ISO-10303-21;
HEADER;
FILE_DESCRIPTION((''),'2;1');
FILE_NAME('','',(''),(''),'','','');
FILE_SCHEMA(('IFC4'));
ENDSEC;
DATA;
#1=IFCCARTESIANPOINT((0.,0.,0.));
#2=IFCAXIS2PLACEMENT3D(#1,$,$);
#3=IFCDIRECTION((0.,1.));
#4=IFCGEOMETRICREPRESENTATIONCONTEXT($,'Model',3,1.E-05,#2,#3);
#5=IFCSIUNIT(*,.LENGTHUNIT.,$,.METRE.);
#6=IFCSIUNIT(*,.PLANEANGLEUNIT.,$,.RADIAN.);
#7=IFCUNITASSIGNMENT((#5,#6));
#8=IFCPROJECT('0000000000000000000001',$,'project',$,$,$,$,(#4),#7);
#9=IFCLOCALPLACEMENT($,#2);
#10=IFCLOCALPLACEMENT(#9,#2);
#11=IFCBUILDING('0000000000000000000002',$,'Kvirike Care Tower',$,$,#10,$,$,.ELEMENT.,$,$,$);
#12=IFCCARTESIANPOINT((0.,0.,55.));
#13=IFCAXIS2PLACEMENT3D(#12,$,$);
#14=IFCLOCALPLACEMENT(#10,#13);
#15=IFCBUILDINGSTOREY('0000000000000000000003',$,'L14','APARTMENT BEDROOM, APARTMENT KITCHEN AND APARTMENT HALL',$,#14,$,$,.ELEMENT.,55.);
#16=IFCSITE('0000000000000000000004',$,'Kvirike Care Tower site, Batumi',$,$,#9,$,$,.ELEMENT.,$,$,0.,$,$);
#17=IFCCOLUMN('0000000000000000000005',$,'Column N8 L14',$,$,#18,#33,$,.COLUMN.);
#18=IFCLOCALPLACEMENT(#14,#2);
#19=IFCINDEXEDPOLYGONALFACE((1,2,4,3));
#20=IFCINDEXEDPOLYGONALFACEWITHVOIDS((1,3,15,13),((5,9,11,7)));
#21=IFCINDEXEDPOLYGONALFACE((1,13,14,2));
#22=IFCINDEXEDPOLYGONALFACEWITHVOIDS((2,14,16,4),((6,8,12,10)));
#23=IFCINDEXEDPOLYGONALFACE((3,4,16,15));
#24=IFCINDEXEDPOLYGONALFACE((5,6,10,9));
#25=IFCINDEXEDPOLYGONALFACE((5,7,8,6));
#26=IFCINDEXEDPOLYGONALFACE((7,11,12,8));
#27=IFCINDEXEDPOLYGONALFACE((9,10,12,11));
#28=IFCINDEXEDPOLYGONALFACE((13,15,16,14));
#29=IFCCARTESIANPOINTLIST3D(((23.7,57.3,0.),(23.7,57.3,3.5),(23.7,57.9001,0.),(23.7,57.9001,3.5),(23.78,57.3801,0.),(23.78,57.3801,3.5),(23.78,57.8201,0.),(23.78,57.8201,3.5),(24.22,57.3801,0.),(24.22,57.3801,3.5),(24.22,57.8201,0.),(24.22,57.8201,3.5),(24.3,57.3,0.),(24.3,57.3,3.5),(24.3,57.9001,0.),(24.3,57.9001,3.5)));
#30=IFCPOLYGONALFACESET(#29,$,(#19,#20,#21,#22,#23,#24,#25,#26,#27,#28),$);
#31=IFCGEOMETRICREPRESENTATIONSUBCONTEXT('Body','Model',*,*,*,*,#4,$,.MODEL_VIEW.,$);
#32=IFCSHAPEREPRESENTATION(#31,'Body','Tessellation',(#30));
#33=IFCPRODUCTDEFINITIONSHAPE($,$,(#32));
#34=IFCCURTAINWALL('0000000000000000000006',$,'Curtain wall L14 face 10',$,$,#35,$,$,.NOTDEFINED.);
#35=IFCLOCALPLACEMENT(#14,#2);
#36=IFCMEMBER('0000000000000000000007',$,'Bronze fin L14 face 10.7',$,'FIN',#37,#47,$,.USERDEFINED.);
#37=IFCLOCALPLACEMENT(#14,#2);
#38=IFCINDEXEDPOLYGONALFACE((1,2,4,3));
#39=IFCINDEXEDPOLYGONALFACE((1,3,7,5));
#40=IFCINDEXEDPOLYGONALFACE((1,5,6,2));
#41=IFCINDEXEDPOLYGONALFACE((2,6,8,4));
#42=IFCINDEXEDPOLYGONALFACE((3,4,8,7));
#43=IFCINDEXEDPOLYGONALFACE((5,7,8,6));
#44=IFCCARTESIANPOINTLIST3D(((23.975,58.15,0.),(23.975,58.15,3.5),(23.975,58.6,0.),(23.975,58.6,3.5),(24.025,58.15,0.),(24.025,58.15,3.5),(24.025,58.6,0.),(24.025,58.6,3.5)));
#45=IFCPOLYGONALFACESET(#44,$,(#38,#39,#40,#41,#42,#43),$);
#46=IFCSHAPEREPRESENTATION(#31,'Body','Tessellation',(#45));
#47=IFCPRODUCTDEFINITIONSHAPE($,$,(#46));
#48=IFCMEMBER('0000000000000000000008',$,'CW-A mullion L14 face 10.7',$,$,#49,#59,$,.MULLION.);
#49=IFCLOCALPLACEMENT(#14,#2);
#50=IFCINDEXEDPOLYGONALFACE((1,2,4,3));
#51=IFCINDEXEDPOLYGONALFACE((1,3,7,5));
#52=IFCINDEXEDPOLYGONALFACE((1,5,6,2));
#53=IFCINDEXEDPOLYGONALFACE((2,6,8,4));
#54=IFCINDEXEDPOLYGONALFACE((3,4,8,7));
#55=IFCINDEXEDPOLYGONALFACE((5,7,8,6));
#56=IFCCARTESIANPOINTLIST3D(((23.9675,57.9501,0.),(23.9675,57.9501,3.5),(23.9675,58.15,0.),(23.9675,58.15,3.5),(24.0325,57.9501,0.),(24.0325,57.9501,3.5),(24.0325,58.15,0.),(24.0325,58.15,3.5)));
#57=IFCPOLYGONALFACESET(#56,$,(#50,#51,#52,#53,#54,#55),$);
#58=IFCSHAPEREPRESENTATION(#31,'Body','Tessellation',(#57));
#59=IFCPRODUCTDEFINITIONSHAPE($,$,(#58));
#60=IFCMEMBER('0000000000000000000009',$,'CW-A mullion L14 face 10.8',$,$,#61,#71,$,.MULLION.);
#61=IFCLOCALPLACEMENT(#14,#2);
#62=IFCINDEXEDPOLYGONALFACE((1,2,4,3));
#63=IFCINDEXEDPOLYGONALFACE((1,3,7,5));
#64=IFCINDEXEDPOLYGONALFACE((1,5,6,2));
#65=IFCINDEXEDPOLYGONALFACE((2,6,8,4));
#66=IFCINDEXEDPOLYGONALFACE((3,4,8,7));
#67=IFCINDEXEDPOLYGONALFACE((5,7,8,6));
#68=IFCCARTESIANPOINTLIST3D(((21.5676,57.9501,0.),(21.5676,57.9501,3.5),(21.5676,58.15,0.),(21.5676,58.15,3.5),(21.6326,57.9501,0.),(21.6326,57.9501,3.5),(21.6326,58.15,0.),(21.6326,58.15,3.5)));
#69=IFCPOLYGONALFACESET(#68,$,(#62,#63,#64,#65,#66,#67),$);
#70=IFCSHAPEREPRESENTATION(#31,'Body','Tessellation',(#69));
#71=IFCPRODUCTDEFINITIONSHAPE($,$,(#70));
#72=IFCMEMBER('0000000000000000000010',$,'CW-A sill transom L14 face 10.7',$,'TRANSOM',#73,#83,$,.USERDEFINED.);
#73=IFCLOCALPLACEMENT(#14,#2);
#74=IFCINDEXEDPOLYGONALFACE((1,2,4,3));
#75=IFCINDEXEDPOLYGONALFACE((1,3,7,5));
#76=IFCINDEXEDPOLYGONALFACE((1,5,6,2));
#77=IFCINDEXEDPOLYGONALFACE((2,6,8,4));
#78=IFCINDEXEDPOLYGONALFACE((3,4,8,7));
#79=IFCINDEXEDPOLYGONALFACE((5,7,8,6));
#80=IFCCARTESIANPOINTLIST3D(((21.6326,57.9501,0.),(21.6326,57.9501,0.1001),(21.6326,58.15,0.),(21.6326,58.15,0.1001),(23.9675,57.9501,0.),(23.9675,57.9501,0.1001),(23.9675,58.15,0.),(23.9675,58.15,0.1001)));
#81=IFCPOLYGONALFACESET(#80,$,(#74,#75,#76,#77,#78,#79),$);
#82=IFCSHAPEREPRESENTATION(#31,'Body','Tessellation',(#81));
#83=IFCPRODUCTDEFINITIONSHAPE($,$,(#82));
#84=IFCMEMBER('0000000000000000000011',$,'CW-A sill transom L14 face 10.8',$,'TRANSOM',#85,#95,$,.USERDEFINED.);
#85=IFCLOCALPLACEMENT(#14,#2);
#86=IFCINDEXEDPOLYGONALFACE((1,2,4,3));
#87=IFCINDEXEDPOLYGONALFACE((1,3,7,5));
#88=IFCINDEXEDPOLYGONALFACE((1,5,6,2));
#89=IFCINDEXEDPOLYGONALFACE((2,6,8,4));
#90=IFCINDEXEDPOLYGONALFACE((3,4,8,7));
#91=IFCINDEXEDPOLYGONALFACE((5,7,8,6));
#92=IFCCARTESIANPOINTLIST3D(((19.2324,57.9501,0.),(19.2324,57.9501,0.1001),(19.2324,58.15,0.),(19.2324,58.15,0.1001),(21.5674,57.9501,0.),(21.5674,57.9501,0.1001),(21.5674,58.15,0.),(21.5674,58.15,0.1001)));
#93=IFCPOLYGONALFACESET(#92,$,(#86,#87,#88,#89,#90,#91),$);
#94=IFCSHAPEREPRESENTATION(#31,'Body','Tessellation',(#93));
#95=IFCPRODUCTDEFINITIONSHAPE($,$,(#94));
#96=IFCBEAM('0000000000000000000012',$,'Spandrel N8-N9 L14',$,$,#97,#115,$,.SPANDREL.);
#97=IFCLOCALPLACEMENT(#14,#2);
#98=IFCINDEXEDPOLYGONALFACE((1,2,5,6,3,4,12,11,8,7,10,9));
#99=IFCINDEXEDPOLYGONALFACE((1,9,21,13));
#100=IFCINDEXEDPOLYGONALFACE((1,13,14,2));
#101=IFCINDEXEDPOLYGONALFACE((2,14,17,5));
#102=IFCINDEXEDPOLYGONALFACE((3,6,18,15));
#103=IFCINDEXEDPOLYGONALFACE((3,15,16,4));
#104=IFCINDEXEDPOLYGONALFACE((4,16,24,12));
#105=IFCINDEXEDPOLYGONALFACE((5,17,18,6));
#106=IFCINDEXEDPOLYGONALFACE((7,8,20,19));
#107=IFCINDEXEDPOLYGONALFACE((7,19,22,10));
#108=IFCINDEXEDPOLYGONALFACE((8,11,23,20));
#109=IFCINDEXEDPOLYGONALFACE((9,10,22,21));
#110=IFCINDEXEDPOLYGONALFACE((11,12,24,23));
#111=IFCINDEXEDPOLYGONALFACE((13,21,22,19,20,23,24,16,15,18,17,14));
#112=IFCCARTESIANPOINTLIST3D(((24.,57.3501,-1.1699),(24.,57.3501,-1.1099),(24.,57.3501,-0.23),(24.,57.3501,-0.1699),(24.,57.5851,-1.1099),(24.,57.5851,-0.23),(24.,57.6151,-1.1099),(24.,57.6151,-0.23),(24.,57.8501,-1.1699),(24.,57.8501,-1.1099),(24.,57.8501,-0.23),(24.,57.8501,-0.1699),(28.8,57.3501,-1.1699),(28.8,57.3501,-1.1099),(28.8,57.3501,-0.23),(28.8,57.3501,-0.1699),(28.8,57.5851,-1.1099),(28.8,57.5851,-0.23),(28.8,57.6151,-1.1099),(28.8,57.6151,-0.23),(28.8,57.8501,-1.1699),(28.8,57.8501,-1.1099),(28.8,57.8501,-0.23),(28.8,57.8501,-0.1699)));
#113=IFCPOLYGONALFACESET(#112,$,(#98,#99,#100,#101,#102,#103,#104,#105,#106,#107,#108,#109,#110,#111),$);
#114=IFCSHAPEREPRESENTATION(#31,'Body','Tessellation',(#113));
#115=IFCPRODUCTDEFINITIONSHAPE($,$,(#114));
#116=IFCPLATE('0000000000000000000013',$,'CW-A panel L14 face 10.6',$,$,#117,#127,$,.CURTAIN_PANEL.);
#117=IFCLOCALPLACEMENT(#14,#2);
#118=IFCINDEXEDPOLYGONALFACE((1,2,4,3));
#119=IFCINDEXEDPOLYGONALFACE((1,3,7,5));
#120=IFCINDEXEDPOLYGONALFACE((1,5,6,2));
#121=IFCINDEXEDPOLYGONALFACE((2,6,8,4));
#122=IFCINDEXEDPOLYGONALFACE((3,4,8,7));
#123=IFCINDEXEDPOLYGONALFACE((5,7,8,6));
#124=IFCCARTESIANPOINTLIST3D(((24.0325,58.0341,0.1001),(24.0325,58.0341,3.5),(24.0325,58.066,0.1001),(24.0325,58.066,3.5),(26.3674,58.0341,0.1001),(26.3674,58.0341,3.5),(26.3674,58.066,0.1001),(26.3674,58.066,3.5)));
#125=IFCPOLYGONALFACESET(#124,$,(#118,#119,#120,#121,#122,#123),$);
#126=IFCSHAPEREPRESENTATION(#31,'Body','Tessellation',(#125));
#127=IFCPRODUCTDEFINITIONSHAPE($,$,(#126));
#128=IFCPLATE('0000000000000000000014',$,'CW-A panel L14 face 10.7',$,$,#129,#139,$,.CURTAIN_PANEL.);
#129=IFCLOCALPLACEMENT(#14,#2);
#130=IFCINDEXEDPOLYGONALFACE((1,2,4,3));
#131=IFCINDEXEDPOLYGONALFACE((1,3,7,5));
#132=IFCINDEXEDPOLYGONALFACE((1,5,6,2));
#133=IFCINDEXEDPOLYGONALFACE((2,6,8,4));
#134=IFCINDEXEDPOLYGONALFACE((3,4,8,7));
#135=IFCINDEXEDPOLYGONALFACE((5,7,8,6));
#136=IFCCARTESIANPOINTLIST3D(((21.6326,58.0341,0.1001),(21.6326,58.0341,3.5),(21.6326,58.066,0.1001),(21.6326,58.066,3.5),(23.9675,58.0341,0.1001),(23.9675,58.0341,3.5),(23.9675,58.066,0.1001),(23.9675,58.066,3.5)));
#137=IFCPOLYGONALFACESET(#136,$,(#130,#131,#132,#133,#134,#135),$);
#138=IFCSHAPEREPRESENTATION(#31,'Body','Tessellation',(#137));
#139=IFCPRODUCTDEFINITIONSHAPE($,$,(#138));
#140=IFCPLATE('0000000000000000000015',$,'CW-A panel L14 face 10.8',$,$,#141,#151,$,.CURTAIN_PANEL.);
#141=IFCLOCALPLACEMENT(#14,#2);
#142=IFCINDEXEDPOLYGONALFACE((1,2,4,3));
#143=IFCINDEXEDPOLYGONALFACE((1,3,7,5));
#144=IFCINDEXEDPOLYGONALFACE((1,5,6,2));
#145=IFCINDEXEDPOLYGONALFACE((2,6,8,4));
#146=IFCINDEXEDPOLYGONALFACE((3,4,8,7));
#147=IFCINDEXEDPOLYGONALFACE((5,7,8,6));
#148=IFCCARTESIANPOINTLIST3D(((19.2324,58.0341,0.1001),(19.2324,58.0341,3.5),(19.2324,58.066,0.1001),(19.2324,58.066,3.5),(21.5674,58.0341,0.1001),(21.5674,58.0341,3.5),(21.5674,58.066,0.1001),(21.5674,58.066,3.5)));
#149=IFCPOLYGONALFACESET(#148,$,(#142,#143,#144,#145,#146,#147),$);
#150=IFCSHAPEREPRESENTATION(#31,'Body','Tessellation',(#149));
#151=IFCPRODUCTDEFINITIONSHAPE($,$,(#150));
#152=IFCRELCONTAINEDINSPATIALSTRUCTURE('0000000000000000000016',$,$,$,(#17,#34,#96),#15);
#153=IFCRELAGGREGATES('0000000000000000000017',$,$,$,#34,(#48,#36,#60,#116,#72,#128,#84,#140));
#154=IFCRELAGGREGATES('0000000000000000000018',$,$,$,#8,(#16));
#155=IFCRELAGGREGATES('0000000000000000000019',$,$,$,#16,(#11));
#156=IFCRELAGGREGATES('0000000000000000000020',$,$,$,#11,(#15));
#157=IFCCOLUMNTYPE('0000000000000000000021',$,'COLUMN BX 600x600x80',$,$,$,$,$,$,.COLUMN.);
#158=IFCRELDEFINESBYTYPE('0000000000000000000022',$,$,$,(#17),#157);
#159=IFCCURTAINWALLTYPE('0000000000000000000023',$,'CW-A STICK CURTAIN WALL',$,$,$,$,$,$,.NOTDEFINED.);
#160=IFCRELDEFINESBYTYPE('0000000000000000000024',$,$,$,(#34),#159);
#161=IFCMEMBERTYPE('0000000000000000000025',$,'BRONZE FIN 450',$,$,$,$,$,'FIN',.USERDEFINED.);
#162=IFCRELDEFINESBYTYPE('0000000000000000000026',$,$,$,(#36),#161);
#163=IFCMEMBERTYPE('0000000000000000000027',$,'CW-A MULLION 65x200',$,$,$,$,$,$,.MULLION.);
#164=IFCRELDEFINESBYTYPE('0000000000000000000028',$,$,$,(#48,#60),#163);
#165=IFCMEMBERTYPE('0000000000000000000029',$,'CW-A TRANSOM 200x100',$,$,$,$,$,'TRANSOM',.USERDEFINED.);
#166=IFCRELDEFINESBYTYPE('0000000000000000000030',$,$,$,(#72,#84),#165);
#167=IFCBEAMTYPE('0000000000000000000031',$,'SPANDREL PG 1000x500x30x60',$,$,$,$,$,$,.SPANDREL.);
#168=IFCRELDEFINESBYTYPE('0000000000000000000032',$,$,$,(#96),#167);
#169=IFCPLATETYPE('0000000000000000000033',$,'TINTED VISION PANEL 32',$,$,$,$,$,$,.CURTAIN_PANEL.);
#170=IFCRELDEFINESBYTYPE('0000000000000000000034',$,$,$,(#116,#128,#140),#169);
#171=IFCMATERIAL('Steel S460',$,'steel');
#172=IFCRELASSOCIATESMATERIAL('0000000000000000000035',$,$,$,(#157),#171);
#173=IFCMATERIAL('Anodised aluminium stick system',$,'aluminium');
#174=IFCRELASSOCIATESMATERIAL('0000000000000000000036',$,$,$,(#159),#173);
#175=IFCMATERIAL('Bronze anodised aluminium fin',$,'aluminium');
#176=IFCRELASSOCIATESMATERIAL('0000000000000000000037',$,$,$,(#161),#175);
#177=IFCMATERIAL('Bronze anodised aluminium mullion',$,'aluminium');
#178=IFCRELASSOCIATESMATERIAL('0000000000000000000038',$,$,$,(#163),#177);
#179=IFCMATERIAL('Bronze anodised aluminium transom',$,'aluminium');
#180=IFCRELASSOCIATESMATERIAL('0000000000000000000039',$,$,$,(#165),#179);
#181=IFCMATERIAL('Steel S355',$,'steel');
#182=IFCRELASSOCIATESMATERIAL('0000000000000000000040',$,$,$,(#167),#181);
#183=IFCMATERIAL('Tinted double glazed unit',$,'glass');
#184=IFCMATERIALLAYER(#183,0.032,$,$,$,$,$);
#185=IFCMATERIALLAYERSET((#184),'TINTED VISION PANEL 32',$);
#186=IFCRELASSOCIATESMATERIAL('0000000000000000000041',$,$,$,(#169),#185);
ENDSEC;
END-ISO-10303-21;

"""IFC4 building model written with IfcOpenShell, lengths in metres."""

from ifc_helpers import new_model, si_unit, direction, frame, origin, origin_2d, place, context, subcontext, project, spatial, rectangle, hollow_rectangle, i_section, extrude, material, layer, layer_set, material_profile, profile_set, type_object, element, aggregate, save


model = new_model("IFC4")

# Units and contexts
model_context = context("Model", 3, precision=1e-05, world=origin(), true_north=direction((0.0, 1.0)))
body_context = subcontext(model_context, "Body", "Model", "MODEL_VIEW")
ifc_project = project(units=[si_unit("LENGTHUNIT", "METRE"), si_unit("PLANEANGLEUNIT", "RADIAN")], contexts=[model_context])

# Site, building, storey
site_placement = place(None, origin())
site = spatial("IfcSite", under=ifc_project, at=site_placement, Name="Kvirike Care Tower site, Batumi", CompositionType="ELEMENT", RefElevation=0.0)
building_placement = place(site_placement, origin())
building = spatial("IfcBuilding", under=site, at=building_placement, Name="Kvirike Care Tower", CompositionType="ELEMENT")
storey_placement = place(building_placement, frame((0.0, 0.0, 55.0)))
storey = spatial("IfcBuildingStorey", under=building, at=storey_placement, Name="L14", Description="APARTMENT BEDROOM, APARTMENT KITCHEN AND APARTMENT HALL", CompositionType="ELEMENT", Elevation=55.0)

# Column
ifc_material_1 = material(Name="Steel S460", Category="steel")
ifc_material_profile_1 = material_profile(ifc_material_1, hollow_rectangle(XDim=0.6001, YDim=0.6001, WallThickness=0.0801, at=origin_2d()), Name="BX 600x600x80")
ifc_profile_set_1 = profile_set([ifc_material_profile_1], Name="Steel S460")
column_type = type_object("IfcColumnType", Name="COLUMN BX 600x600x80", PredefinedType="COLUMN", material=ifc_profile_set_1)
column_placement = place(storey_placement, frame((24.0, 57.6001, 0.0), z_axis=(0.0, 0.0, 1.0), x_axis=(0.0, 1.0, 0.0)))
element("IfcColumn", 1, at=column_placement, inside=storey, type_object=column_type, Name="Column N8 L14", PredefinedType="COLUMN", context=body_context, shape_type="SweptSolid", body=[
    extrude(hollow_rectangle(XDim=0.6001, YDim=0.6001, WallThickness=0.0801, at=origin_2d()), origin(), (0.0, 0.0, 1.0), 3.5),
])

# Curtain wall, members
ifc_material_2 = material(Name="Anodised aluminium stick system", Category="aluminium")
curtain_wall_type = type_object("IfcCurtainWallType", Name="CW-A STICK CURTAIN WALL", PredefinedType="NOTDEFINED", material=ifc_material_2)
curtain_wall_placement = place(storey_placement, origin())
curtain_wall = element("IfcCurtainWall", 2, at=curtain_wall_placement, inside=storey, type_object=curtain_wall_type, Name="Curtain wall L14 face 10", PredefinedType="NOTDEFINED")
ifc_material_3 = material(Name="Bronze anodised aluminium fin", Category="aluminium")
ifc_material_profile_2 = material_profile(ifc_material_3, rectangle(XDim=0.05, YDim=0.45, at=origin_2d()), Name="BRONZE FIN 450")
ifc_profile_set_2 = profile_set([ifc_material_profile_2], Name="Bronze anodised aluminium fin")
member_type_1 = type_object("IfcMemberType", Name="BRONZE FIN 450", ElementType="FIN", PredefinedType="USERDEFINED", material=ifc_profile_set_2)
member_1_placement = place(storey_placement, frame((24.0, 58.375, 0.0), z_axis=(0.0, 0.0, 1.0), x_axis=(-1.0, 0.0, 0.0)))
member_1 = element("IfcMember", 3, at=member_1_placement, type_object=member_type_1, Name="Bronze fin L14 face 10.7", ObjectType="FIN", PredefinedType="USERDEFINED", context=body_context, shape_type="SweptSolid", body=[
    extrude(rectangle(XDim=0.05, YDim=0.45, at=origin_2d()), origin(), (0.0, 0.0, 1.0), 3.5),
])
ifc_material_4 = material(Name="Bronze anodised aluminium mullion", Category="aluminium")
ifc_material_profile_3 = material_profile(ifc_material_4, rectangle(XDim=0.0649, YDim=0.2, at=origin_2d()), Name="CW-A MULLION 65x200")
ifc_profile_set_3 = profile_set([ifc_material_profile_3], Name="Bronze anodised aluminium mullion")
member_type_2 = type_object("IfcMemberType", Name="CW-A MULLION 65x200", PredefinedType="MULLION", material=ifc_profile_set_3)
member_2_placement = place(storey_placement, frame((24.0, 58.05, 0.0), z_axis=(0.0, 0.0, 1.0), x_axis=(-1.0, 0.0, 0.0)))
member_2 = element("IfcMember", 4, at=member_2_placement, type_object=member_type_2, Name="CW-A mullion L14 face 10.7", PredefinedType="MULLION", context=body_context, shape_type="SweptSolid", body=[
    extrude(rectangle(XDim=0.0649, YDim=0.2, at=origin_2d()), origin(), (0.0, 0.0, 1.0), 3.5),
])
member_3_placement = place(storey_placement, frame((21.6001, 58.05, 0.0), z_axis=(0.0, 0.0, 1.0), x_axis=(-1.0, 0.0, 0.0)))
member_3 = element("IfcMember", 5, at=member_3_placement, type_object=member_type_2, Name="CW-A mullion L14 face 10.8", PredefinedType="MULLION", context=body_context, shape_type="SweptSolid", body=[
    extrude(rectangle(XDim=0.0649, YDim=0.2, at=origin_2d()), origin(), (0.0, 0.0, 1.0), 3.5),
])
ifc_material_5 = material(Name="Bronze anodised aluminium transom", Category="aluminium")
ifc_material_profile_4 = material_profile(ifc_material_5, rectangle(XDim=0.2, YDim=0.1001, at=origin_2d()), Name="CW-A TRANSOM 200x100")
ifc_profile_set_4 = profile_set([ifc_material_profile_4], Name="Bronze anodised aluminium transom")
member_type_3 = type_object("IfcMemberType", Name="CW-A TRANSOM 200x100", ElementType="TRANSOM", PredefinedType="USERDEFINED", material=ifc_profile_set_4)
member_4_placement = place(storey_placement, frame((23.9675, 58.05, 0.05), z_axis=(-1.0, 0.0, 0.0), x_axis=(0.0, -1.0, 0.0)))
member_4 = element("IfcMember", 6, at=member_4_placement, type_object=member_type_3, Name="CW-A sill transom L14 face 10.7", ObjectType="TRANSOM", PredefinedType="USERDEFINED", context=body_context, shape_type="SweptSolid", body=[
    extrude(rectangle(XDim=0.2, YDim=0.1001, at=origin_2d()), origin(), (0.0, 0.0, 1.0), 2.335),
])
member_5_placement = place(storey_placement, frame((21.5674, 58.05, 0.05), z_axis=(-1.0, 0.0, 0.0), x_axis=(0.0, -1.0, 0.0)))
member_5 = element("IfcMember", 7, at=member_5_placement, type_object=member_type_3, Name="CW-A sill transom L14 face 10.8", ObjectType="TRANSOM", PredefinedType="USERDEFINED", context=body_context, shape_type="SweptSolid", body=[
    extrude(rectangle(XDim=0.2, YDim=0.1001, at=origin_2d()), origin(), (0.0, 0.0, 1.0), 2.335),
])

# Beam
ifc_material_6 = material(Name="Steel S355", Category="steel")
ifc_material_profile_5 = material_profile(ifc_material_6, i_section(OverallWidth=0.5, OverallDepth=1.0, WebThickness=0.03, FlangeThickness=0.0601, at=origin_2d()), Name="PG 1000x500x30x60")
ifc_profile_set_5 = profile_set([ifc_material_profile_5], Name="Steel S355")
beam_type = type_object("IfcBeamType", Name="SPANDREL PG 1000x500x30x60", PredefinedType="SPANDREL", material=ifc_profile_set_5)
beam_placement = place(storey_placement, frame((24.0, 57.6001, -0.6699), z_axis=(1.0, 0.0, 0.0), x_axis=(0.0, 1.0, 0.0)))
element("IfcBeam", 8, at=beam_placement, inside=storey, type_object=beam_type, Name="Spandrel N8-N9 L14", PredefinedType="SPANDREL", context=body_context, shape_type="SweptSolid", body=[
    extrude(i_section(OverallWidth=0.5, OverallDepth=1.0, WebThickness=0.03, FlangeThickness=0.0601, at=origin_2d()), origin(), (0.0, 0.0, 1.0), 4.8),
])

# Plates
ifc_material_7 = material(Name="Tinted double glazed unit", Category="glass")
ifc_layer_1 = layer(ifc_material_7, 0.032)
ifc_layer_set_1 = layer_set([ifc_layer_1], Name="TINTED VISION PANEL 32")
plate_type = type_object("IfcPlateType", Name="TINTED VISION PANEL 32", PredefinedType="CURTAIN_PANEL", material=ifc_layer_set_1)
plate_1_placement = place(storey_placement, frame((25.2, 58.05, 0.1001), z_axis=(0.0, 0.0, 1.0), x_axis=(-1.0, 0.0, 0.0)))
plate_1 = element("IfcPlate", 9, at=plate_1_placement, type_object=plate_type, Name="CW-A panel L14 face 10.6", PredefinedType="CURTAIN_PANEL", context=body_context, shape_type="SweptSolid", body=[
    extrude(rectangle(XDim=2.335, YDim=0.032, at=origin_2d()), origin(), (0.0, 0.0, 1.0), 3.3999),
])
plate_2_placement = place(storey_placement, frame((22.8, 58.05, 0.1001), z_axis=(0.0, 0.0, 1.0), x_axis=(-1.0, 0.0, 0.0)))
plate_2 = element("IfcPlate", 10, at=plate_2_placement, type_object=plate_type, Name="CW-A panel L14 face 10.7", PredefinedType="CURTAIN_PANEL", context=body_context, shape_type="SweptSolid", body=[
    extrude(rectangle(XDim=2.335, YDim=0.032, at=origin_2d()), origin(), (0.0, 0.0, 1.0), 3.3999),
])
plate_3_placement = place(storey_placement, frame((20.3999, 58.05, 0.1001), z_axis=(0.0, 0.0, 1.0), x_axis=(-1.0, 0.0, 0.0)))
plate_3 = element("IfcPlate", 11, at=plate_3_placement, type_object=plate_type, Name="CW-A panel L14 face 10.8", PredefinedType="CURTAIN_PANEL", context=body_context, shape_type="SweptSolid", body=[
    extrude(rectangle(XDim=2.335, YDim=0.032, at=origin_2d()), origin(), (0.0, 0.0, 1.0), 3.3999),
])
aggregate(curtain_wall, [member_2, member_1, member_3, plate_1, member_4, plate_2, member_5, plate_3])

save(model, "model.ifc")
